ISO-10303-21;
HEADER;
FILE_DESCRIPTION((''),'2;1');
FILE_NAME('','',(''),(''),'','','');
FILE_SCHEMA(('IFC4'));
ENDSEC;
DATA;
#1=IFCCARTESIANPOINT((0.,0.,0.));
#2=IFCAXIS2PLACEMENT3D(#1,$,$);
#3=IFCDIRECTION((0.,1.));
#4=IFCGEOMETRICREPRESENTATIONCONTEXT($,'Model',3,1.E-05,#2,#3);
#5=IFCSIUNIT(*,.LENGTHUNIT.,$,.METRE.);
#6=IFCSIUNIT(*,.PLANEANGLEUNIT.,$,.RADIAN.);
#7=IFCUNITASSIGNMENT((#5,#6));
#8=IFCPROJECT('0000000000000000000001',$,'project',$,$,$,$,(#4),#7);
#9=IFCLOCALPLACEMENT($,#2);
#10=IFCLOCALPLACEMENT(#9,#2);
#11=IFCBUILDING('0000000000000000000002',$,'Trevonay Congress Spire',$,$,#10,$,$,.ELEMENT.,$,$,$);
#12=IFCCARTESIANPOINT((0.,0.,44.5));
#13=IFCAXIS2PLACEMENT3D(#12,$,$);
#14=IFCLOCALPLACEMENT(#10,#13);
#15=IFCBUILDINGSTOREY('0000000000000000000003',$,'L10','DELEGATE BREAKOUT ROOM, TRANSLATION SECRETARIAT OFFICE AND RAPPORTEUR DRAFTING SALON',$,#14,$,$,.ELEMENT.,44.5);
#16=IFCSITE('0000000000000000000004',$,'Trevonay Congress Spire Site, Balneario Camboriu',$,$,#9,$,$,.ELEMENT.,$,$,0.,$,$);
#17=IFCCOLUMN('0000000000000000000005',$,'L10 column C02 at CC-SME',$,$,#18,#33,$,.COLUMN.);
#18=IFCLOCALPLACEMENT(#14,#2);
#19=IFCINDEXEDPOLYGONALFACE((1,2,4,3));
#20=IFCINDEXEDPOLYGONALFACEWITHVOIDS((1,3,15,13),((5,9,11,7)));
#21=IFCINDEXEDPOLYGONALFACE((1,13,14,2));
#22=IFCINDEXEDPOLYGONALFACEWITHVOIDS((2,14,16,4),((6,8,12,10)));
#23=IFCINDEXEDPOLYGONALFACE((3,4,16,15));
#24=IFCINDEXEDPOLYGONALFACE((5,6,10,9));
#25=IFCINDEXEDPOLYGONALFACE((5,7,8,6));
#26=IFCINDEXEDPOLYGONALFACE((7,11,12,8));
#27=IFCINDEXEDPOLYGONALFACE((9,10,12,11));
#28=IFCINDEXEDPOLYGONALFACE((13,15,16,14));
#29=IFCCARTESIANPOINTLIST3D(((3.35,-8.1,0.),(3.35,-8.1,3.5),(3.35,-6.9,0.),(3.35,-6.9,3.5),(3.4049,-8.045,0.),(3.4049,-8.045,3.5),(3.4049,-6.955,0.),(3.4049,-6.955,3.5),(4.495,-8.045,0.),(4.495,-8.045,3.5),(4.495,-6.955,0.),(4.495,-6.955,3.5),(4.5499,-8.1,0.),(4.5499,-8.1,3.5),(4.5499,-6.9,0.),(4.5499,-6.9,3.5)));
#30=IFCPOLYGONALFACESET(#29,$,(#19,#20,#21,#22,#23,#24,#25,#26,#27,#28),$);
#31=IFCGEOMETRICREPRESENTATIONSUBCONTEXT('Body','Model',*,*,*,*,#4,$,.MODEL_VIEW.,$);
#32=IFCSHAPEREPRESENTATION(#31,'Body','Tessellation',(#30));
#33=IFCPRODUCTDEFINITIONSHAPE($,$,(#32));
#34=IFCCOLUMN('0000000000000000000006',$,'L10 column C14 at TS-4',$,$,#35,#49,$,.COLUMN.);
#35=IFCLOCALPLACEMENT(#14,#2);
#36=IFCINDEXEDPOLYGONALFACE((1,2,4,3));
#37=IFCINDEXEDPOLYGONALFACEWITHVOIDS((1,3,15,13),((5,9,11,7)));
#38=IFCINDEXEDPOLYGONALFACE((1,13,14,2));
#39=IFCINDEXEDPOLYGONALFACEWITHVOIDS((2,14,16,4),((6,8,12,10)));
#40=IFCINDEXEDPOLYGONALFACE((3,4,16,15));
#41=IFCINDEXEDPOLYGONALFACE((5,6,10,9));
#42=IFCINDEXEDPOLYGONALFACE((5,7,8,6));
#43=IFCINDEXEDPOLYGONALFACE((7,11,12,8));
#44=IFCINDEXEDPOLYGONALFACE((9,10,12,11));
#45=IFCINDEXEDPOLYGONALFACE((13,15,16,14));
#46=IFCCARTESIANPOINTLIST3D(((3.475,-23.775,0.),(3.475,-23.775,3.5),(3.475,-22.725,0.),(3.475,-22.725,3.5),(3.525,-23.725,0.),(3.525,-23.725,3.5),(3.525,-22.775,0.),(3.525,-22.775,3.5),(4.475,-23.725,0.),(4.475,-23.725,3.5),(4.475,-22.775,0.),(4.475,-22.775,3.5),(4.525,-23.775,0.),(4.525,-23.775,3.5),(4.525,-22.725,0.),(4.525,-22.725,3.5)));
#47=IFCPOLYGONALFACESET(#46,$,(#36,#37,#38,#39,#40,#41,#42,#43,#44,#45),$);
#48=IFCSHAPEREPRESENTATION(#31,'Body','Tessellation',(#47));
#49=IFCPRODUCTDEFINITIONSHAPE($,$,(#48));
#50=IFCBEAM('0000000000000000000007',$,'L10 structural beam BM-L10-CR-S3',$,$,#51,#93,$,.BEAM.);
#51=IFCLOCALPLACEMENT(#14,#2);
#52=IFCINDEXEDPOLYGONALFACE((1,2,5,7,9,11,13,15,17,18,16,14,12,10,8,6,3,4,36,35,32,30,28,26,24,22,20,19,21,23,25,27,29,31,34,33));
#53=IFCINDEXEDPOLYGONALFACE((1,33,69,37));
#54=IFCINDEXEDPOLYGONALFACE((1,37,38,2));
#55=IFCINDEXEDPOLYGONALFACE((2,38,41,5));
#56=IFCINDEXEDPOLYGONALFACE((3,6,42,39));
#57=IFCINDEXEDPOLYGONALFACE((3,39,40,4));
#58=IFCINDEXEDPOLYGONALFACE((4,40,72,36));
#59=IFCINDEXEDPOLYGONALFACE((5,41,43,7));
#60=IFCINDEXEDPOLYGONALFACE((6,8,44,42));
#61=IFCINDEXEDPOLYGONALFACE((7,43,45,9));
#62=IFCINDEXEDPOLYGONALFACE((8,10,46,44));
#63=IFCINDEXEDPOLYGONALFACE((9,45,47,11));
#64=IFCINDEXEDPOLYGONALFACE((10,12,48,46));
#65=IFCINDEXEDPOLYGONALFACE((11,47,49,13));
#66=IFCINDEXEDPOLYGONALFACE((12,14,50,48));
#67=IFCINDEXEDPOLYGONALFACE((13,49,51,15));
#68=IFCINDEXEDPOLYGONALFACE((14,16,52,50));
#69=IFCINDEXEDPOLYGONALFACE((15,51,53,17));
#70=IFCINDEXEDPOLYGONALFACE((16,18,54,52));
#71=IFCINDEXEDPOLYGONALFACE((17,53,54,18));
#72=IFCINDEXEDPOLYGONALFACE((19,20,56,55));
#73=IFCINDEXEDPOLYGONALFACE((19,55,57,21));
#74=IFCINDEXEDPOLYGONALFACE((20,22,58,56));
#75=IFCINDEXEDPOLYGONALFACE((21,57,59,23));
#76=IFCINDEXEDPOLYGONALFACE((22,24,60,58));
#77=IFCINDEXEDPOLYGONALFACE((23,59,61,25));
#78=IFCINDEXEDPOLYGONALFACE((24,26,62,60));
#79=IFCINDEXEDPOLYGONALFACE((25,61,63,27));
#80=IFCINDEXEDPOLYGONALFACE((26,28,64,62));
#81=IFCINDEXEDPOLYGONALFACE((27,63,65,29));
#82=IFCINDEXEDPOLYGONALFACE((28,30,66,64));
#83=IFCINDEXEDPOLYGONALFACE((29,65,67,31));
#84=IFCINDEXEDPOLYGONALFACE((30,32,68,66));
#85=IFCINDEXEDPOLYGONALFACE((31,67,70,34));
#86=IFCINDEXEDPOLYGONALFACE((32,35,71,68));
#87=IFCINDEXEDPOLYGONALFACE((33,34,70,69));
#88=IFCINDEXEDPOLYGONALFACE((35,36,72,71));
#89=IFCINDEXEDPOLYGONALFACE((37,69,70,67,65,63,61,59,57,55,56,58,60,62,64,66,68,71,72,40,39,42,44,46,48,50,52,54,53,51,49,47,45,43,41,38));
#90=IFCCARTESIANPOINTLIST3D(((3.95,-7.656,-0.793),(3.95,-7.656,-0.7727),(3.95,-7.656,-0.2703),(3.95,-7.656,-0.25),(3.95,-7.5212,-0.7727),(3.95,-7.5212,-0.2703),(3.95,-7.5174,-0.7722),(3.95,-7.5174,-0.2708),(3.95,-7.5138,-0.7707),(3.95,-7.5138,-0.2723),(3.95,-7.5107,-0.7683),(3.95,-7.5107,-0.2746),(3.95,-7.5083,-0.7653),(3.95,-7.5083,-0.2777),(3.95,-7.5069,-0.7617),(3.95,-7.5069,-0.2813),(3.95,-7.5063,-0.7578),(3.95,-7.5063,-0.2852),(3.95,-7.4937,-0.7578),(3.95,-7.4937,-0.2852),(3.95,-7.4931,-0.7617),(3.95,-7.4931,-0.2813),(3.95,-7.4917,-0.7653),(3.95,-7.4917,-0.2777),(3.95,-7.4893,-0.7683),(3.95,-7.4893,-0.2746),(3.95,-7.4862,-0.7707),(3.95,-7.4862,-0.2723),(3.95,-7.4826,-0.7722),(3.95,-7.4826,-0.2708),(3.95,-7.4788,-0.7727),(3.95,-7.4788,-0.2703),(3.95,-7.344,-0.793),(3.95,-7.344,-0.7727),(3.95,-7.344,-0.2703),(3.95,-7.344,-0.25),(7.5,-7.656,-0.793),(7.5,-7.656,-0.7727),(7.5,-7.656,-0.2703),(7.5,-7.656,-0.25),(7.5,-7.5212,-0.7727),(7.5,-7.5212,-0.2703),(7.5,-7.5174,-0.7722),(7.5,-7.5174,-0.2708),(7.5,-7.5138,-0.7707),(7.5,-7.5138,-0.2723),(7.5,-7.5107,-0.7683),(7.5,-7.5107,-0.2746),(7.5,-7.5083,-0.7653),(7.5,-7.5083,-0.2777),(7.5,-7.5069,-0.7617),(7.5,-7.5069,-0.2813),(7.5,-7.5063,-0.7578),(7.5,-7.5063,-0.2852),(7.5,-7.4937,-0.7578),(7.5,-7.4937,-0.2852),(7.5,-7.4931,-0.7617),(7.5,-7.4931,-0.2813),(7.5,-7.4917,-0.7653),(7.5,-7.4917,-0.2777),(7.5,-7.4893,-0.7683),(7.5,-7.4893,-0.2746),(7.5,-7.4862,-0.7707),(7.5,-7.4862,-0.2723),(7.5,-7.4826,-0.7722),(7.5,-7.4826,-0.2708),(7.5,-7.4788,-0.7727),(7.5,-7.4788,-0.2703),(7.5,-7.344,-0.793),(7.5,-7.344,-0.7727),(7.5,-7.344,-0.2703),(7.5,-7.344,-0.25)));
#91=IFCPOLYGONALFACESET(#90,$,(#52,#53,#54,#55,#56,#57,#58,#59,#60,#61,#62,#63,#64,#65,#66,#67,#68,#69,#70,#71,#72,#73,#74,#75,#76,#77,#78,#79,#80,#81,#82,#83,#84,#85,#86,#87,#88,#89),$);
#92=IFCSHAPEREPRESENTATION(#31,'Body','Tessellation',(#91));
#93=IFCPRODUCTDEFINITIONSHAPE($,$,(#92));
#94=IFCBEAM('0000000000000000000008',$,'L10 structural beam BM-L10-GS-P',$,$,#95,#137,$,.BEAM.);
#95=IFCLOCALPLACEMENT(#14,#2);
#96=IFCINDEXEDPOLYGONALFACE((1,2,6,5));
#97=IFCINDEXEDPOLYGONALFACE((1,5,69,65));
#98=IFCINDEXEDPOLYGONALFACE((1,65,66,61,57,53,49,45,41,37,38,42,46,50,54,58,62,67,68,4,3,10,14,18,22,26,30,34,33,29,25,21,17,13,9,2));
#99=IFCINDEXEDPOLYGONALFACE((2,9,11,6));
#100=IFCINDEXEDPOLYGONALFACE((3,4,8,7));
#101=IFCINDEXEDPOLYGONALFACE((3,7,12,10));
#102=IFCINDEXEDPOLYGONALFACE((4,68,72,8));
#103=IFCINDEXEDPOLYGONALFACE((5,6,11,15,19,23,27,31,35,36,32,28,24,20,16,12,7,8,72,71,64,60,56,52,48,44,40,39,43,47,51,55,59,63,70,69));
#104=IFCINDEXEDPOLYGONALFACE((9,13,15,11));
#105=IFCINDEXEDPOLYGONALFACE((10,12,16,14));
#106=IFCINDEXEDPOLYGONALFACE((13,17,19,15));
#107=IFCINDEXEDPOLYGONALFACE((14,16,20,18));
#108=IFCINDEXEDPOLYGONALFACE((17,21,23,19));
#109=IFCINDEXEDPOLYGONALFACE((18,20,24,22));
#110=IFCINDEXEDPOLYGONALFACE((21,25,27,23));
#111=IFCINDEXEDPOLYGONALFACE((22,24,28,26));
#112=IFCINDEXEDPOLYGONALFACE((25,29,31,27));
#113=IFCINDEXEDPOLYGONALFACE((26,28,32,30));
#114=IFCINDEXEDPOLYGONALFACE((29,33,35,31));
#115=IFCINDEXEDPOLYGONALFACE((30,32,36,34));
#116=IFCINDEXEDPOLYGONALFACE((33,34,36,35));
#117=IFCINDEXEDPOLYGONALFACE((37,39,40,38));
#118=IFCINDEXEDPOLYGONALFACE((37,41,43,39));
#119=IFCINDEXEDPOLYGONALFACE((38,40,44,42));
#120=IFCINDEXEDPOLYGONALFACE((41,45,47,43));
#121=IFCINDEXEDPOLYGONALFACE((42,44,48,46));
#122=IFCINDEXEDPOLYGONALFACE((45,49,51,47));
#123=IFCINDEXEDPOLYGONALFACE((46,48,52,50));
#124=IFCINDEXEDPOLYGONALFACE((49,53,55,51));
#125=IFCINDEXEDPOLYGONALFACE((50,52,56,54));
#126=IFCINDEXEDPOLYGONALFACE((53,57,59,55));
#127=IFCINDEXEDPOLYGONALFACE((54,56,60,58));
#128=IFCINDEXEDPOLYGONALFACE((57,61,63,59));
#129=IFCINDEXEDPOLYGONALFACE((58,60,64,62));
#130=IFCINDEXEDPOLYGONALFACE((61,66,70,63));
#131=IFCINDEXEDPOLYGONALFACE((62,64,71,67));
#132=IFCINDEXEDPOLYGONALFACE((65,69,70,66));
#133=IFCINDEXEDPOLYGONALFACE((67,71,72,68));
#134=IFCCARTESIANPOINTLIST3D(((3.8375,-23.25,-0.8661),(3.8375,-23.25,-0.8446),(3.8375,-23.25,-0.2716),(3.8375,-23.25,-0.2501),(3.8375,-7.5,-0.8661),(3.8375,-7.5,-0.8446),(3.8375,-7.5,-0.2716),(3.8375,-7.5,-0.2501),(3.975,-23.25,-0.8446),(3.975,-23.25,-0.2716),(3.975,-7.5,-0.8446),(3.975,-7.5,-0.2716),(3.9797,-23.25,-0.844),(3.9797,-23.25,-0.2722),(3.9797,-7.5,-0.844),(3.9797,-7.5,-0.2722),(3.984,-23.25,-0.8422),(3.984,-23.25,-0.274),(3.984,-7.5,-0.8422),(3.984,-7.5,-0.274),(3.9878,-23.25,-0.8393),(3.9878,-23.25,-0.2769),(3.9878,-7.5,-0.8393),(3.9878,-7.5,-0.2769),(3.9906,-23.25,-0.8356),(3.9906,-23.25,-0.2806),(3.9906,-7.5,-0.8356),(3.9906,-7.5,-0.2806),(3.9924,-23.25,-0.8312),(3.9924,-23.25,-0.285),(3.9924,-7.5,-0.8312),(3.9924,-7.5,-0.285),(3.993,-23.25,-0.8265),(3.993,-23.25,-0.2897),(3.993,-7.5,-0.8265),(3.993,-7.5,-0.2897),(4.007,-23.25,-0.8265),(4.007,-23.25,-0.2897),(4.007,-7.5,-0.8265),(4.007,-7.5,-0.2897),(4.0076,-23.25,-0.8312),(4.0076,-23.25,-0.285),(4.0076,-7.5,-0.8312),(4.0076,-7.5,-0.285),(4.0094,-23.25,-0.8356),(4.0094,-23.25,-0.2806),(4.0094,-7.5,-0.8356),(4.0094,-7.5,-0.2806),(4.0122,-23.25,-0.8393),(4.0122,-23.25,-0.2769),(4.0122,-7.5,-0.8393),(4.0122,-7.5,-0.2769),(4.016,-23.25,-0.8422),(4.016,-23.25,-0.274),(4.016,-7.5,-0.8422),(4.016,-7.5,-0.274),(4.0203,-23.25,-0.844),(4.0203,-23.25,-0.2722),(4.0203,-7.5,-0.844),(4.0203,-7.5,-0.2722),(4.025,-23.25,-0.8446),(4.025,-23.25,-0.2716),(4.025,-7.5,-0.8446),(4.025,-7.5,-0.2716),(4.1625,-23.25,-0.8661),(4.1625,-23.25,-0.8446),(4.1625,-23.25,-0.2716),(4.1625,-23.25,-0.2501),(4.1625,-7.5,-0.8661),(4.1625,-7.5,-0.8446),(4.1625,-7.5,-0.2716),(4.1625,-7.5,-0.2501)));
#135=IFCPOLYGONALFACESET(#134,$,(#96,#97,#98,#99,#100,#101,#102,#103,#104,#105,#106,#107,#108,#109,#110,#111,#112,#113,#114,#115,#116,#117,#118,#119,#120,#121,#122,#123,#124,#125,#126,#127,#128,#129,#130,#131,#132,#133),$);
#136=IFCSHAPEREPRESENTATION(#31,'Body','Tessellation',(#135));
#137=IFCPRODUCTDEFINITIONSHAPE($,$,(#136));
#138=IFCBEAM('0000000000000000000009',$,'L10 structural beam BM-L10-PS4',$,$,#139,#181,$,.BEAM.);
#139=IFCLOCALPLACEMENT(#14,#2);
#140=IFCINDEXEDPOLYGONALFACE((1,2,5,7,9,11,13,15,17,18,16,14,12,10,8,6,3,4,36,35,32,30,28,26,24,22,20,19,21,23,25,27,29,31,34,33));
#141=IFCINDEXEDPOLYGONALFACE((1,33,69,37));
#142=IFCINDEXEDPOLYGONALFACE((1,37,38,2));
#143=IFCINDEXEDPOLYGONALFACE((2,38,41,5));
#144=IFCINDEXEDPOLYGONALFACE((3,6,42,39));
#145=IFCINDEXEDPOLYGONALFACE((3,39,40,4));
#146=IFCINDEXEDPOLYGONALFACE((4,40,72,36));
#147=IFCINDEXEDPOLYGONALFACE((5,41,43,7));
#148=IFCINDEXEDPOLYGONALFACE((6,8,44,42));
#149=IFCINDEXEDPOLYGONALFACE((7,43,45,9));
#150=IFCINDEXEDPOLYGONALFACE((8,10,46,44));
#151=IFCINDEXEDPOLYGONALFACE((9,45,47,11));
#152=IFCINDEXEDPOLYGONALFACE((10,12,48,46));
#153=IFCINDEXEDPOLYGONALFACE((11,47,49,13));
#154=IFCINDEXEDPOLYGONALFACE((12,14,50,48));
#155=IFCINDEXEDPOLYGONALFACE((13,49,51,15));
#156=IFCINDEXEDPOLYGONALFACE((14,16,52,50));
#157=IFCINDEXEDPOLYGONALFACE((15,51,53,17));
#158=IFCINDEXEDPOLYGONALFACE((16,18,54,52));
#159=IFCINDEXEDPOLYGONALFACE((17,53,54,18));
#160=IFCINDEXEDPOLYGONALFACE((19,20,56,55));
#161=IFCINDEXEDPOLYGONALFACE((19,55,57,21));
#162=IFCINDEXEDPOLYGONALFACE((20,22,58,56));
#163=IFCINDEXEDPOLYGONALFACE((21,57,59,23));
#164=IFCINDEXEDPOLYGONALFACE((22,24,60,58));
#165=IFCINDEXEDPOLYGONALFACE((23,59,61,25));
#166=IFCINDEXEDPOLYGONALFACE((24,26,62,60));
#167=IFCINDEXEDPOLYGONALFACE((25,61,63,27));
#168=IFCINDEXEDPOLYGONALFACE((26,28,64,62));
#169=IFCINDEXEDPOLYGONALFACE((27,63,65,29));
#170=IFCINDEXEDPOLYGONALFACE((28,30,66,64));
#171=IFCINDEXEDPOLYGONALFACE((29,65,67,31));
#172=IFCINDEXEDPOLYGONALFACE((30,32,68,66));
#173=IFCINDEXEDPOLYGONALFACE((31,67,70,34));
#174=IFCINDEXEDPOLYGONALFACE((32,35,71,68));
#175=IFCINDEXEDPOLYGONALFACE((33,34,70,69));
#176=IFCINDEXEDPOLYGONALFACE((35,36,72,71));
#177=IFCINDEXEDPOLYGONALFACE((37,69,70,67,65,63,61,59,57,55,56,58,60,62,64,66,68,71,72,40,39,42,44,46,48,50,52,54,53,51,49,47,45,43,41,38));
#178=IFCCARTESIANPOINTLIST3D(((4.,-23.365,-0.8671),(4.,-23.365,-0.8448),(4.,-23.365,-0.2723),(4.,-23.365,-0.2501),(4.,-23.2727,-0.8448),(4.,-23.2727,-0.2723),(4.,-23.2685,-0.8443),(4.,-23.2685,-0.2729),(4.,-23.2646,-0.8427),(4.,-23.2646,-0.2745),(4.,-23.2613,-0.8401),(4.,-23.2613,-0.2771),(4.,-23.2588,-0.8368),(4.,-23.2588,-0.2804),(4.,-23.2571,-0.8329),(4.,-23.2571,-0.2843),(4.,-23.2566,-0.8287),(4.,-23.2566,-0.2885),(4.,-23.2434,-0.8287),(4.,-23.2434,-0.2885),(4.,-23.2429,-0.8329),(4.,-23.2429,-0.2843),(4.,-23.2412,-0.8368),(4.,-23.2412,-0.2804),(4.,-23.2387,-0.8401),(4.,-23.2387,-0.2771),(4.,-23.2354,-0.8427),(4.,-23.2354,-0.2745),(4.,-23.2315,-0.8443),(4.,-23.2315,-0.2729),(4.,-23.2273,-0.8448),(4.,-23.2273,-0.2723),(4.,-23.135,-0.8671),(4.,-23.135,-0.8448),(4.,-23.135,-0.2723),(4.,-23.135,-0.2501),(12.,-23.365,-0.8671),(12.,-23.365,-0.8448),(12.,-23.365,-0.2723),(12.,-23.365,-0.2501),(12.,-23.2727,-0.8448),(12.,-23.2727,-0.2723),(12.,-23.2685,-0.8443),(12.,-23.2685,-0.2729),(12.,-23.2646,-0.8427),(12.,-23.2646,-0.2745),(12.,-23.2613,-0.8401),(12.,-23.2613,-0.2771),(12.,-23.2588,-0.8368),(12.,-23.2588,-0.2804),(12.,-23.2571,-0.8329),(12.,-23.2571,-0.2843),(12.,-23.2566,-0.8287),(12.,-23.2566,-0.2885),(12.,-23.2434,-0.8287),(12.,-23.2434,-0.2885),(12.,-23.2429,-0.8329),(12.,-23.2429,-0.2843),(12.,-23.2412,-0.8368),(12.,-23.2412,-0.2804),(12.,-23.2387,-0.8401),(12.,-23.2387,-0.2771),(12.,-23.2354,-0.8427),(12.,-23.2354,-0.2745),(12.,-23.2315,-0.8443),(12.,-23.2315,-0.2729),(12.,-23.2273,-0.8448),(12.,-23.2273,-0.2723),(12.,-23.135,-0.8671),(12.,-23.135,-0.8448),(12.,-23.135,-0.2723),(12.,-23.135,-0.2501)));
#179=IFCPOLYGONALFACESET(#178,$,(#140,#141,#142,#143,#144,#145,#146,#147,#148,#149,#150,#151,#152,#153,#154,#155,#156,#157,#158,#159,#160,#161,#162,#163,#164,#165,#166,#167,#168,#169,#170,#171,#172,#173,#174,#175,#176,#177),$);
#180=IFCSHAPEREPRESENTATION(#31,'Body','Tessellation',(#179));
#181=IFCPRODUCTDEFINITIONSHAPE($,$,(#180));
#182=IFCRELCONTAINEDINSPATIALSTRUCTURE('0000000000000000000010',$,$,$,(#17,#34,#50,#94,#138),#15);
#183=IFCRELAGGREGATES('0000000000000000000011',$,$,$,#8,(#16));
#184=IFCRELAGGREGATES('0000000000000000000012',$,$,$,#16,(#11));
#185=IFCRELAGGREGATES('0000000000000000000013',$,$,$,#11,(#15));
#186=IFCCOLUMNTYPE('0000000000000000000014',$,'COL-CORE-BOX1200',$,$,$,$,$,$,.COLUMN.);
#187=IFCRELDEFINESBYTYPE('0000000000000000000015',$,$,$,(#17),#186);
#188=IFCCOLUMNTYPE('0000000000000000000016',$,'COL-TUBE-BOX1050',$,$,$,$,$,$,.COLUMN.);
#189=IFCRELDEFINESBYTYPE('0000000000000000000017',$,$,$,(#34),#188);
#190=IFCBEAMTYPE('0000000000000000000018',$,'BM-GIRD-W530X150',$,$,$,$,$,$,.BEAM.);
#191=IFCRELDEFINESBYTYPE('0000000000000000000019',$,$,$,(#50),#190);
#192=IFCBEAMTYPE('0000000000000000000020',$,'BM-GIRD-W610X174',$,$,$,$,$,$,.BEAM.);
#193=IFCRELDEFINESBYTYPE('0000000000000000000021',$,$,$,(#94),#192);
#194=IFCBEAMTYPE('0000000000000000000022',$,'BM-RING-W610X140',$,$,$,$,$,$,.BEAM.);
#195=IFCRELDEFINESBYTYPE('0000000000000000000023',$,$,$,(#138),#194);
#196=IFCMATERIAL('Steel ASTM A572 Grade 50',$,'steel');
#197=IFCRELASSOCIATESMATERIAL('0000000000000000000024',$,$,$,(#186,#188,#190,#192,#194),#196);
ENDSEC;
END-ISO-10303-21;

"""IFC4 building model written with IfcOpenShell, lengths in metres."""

from ifc_helpers import new_model, si_unit, direction, frame, origin, origin_2d, place, context, subcontext, project, spatial, hollow_rectangle, i_section, extrude, material, material_profile, profile_set, type_object, element, save


model = new_model("IFC4")

# Units and contexts
model_context = context("Model", 3, precision=1e-05, world=origin(), true_north=direction((0.0, 1.0)))
body_context = subcontext(model_context, "Body", "Model", "MODEL_VIEW")
ifc_project = project(units=[si_unit("LENGTHUNIT", "METRE"), si_unit("PLANEANGLEUNIT", "RADIAN")], contexts=[model_context])

# Site, building, storey
site_placement = place(None, origin())
site = spatial("IfcSite", under=ifc_project, at=site_placement, Name="Trevonay Congress Spire Site, Balneario Camboriu", CompositionType="ELEMENT", RefElevation=0.0)
building_placement = place(site_placement, origin())
building = spatial("IfcBuilding", under=site, at=building_placement, Name="Trevonay Congress Spire", CompositionType="ELEMENT")
storey_placement = place(building_placement, frame((0.0, 0.0, 44.5)))
storey = spatial("IfcBuildingStorey", under=building, at=storey_placement, Name="L10", Description="DELEGATE BREAKOUT ROOM, TRANSLATION SECRETARIAT OFFICE AND RAPPORTEUR DRAFTING SALON", CompositionType="ELEMENT", Elevation=44.5)

# Columns
ifc_material_1 = material(Name="Steel ASTM A572 Grade 50", Category="steel")
ifc_material_profile_1 = material_profile(ifc_material_1, hollow_rectangle(XDim=1.2, YDim=1.2, WallThickness=0.0549, at=origin_2d()), Name="BOX 1200x1200x55")
ifc_profile_set_1 = profile_set([ifc_material_profile_1], Name="Steel ASTM A572 Grade 50")
column_type_1 = type_object("IfcColumnType", Name="COL-CORE-BOX1200", PredefinedType="COLUMN", material=ifc_profile_set_1)
column_1_placement = place(storey_placement, frame((3.95, -7.5, 0.0), z_axis=(0.0, 0.0, 1.0), x_axis=(1.0, 0.0, 0.0)))
element("IfcColumn", 1, at=column_1_placement, inside=storey, type_object=column_type_1, Name="L10 column C02 at CC-SME", PredefinedType="COLUMN", context=body_context, shape_type="SweptSolid", body=[
    extrude(hollow_rectangle(XDim=1.2, YDim=1.2, WallThickness=0.0549, at=origin_2d()), origin(), (0.0, 0.0, 1.0), 3.5),
])
ifc_material_profile_2 = material_profile(ifc_material_1, hollow_rectangle(XDim=1.05, YDim=1.05, WallThickness=0.05, at=origin_2d()), Name="BOX 1050x1050x50")
ifc_profile_set_2 = profile_set([ifc_material_profile_2], Name="Steel ASTM A572 Grade 50")
column_type_2 = type_object("IfcColumnType", Name="COL-TUBE-BOX1050", PredefinedType="COLUMN", material=ifc_profile_set_2)
column_2_placement = place(storey_placement, frame((4.0, -23.25, 0.0), z_axis=(0.0, 0.0, 1.0), x_axis=(1.0, 0.0, 0.0)))
element("IfcColumn", 2, at=column_2_placement, inside=storey, type_object=column_type_2, Name="L10 column C14 at TS-4", PredefinedType="COLUMN", context=body_context, shape_type="SweptSolid", body=[
    extrude(hollow_rectangle(XDim=1.05, YDim=1.05, WallThickness=0.05, at=origin_2d()), origin(), (0.0, 0.0, 1.0), 3.5),
])

# Beams
ifc_material_profile_3 = material_profile(ifc_material_1, i_section(OverallWidth=0.312, OverallDepth=0.543, WebThickness=0.0127, FlangeThickness=0.0203, FilletRadius=0.0149, at=origin_2d()), Name="W530x150")
ifc_profile_set_3 = profile_set([ifc_material_profile_3], Name="Steel ASTM A572 Grade 50")
beam_type_1 = type_object("IfcBeamType", Name="BM-GIRD-W530X150", PredefinedType="BEAM", material=ifc_profile_set_3)
beam_1_placement = place(storey_placement, frame((3.95, -7.5, -0.5215), z_axis=(1.0, 0.0, 0.0), x_axis=(0.0, 1.0, 0.0)))
element("IfcBeam", 3, at=beam_1_placement, inside=storey, type_object=beam_type_1, Name="L10 structural beam BM-L10-CR-S3", PredefinedType="BEAM", context=body_context, shape_type="SweptSolid", body=[
    extrude(i_section(OverallWidth=0.312, OverallDepth=0.543, WebThickness=0.0127, FlangeThickness=0.0203, FilletRadius=0.0149, at=origin_2d()), origin(), (0.0, 0.0, 1.0), 3.55),
])
ifc_material_profile_4 = material_profile(ifc_material_1, i_section(OverallWidth=0.325, OverallDepth=0.616, WebThickness=0.0139, FlangeThickness=0.0215, FilletRadius=0.0181, at=origin_2d()), Name="W610x174")
ifc_profile_set_4 = profile_set([ifc_material_profile_4], Name="Steel ASTM A572 Grade 50")
beam_type_2 = type_object("IfcBeamType", Name="BM-GIRD-W610X174", PredefinedType="BEAM", material=ifc_profile_set_4)
beam_2_placement = place(storey_placement, frame((4.0, -7.5, -0.5581), z_axis=(0.0, -1.0, 0.0), x_axis=(1.0, 0.0, 0.0)))
element("IfcBeam", 4, at=beam_2_placement, inside=storey, type_object=beam_type_2, Name="L10 structural beam BM-L10-GS-P", PredefinedType="BEAM", context=body_context, shape_type="SweptSolid", body=[
    extrude(i_section(OverallWidth=0.325, OverallDepth=0.616, WebThickness=0.0139, FlangeThickness=0.0215, FilletRadius=0.0181, at=origin_2d()), origin(), (0.0, 0.0, 1.0), 15.75),
])
ifc_material_profile_5 = material_profile(ifc_material_1, i_section(OverallWidth=0.23, OverallDepth=0.6169, WebThickness=0.0132, FlangeThickness=0.0222, FilletRadius=0.0161, at=origin_2d()), Name="W610x140")
ifc_profile_set_5 = profile_set([ifc_material_profile_5], Name="Steel ASTM A572 Grade 50")
beam_type_3 = type_object("IfcBeamType", Name="BM-RING-W610X140", PredefinedType="BEAM", material=ifc_profile_set_5)
beam_3_placement = place(storey_placement, frame((4.0, -23.25, -0.5586), z_axis=(1.0, 0.0, 0.0), x_axis=(0.0, 1.0, 0.0)))
element("IfcBeam", 5, at=beam_3_placement, inside=storey, type_object=beam_type_3, Name="L10 structural beam BM-L10-PS4", PredefinedType="BEAM", context=body_context, shape_type="SweptSolid", body=[
    extrude(i_section(OverallWidth=0.23, OverallDepth=0.6169, WebThickness=0.0132, FlangeThickness=0.0222, FilletRadius=0.0161, at=origin_2d()), origin(), (0.0, 0.0, 1.0), 8.0),
])

save(model, "model.ifc")
